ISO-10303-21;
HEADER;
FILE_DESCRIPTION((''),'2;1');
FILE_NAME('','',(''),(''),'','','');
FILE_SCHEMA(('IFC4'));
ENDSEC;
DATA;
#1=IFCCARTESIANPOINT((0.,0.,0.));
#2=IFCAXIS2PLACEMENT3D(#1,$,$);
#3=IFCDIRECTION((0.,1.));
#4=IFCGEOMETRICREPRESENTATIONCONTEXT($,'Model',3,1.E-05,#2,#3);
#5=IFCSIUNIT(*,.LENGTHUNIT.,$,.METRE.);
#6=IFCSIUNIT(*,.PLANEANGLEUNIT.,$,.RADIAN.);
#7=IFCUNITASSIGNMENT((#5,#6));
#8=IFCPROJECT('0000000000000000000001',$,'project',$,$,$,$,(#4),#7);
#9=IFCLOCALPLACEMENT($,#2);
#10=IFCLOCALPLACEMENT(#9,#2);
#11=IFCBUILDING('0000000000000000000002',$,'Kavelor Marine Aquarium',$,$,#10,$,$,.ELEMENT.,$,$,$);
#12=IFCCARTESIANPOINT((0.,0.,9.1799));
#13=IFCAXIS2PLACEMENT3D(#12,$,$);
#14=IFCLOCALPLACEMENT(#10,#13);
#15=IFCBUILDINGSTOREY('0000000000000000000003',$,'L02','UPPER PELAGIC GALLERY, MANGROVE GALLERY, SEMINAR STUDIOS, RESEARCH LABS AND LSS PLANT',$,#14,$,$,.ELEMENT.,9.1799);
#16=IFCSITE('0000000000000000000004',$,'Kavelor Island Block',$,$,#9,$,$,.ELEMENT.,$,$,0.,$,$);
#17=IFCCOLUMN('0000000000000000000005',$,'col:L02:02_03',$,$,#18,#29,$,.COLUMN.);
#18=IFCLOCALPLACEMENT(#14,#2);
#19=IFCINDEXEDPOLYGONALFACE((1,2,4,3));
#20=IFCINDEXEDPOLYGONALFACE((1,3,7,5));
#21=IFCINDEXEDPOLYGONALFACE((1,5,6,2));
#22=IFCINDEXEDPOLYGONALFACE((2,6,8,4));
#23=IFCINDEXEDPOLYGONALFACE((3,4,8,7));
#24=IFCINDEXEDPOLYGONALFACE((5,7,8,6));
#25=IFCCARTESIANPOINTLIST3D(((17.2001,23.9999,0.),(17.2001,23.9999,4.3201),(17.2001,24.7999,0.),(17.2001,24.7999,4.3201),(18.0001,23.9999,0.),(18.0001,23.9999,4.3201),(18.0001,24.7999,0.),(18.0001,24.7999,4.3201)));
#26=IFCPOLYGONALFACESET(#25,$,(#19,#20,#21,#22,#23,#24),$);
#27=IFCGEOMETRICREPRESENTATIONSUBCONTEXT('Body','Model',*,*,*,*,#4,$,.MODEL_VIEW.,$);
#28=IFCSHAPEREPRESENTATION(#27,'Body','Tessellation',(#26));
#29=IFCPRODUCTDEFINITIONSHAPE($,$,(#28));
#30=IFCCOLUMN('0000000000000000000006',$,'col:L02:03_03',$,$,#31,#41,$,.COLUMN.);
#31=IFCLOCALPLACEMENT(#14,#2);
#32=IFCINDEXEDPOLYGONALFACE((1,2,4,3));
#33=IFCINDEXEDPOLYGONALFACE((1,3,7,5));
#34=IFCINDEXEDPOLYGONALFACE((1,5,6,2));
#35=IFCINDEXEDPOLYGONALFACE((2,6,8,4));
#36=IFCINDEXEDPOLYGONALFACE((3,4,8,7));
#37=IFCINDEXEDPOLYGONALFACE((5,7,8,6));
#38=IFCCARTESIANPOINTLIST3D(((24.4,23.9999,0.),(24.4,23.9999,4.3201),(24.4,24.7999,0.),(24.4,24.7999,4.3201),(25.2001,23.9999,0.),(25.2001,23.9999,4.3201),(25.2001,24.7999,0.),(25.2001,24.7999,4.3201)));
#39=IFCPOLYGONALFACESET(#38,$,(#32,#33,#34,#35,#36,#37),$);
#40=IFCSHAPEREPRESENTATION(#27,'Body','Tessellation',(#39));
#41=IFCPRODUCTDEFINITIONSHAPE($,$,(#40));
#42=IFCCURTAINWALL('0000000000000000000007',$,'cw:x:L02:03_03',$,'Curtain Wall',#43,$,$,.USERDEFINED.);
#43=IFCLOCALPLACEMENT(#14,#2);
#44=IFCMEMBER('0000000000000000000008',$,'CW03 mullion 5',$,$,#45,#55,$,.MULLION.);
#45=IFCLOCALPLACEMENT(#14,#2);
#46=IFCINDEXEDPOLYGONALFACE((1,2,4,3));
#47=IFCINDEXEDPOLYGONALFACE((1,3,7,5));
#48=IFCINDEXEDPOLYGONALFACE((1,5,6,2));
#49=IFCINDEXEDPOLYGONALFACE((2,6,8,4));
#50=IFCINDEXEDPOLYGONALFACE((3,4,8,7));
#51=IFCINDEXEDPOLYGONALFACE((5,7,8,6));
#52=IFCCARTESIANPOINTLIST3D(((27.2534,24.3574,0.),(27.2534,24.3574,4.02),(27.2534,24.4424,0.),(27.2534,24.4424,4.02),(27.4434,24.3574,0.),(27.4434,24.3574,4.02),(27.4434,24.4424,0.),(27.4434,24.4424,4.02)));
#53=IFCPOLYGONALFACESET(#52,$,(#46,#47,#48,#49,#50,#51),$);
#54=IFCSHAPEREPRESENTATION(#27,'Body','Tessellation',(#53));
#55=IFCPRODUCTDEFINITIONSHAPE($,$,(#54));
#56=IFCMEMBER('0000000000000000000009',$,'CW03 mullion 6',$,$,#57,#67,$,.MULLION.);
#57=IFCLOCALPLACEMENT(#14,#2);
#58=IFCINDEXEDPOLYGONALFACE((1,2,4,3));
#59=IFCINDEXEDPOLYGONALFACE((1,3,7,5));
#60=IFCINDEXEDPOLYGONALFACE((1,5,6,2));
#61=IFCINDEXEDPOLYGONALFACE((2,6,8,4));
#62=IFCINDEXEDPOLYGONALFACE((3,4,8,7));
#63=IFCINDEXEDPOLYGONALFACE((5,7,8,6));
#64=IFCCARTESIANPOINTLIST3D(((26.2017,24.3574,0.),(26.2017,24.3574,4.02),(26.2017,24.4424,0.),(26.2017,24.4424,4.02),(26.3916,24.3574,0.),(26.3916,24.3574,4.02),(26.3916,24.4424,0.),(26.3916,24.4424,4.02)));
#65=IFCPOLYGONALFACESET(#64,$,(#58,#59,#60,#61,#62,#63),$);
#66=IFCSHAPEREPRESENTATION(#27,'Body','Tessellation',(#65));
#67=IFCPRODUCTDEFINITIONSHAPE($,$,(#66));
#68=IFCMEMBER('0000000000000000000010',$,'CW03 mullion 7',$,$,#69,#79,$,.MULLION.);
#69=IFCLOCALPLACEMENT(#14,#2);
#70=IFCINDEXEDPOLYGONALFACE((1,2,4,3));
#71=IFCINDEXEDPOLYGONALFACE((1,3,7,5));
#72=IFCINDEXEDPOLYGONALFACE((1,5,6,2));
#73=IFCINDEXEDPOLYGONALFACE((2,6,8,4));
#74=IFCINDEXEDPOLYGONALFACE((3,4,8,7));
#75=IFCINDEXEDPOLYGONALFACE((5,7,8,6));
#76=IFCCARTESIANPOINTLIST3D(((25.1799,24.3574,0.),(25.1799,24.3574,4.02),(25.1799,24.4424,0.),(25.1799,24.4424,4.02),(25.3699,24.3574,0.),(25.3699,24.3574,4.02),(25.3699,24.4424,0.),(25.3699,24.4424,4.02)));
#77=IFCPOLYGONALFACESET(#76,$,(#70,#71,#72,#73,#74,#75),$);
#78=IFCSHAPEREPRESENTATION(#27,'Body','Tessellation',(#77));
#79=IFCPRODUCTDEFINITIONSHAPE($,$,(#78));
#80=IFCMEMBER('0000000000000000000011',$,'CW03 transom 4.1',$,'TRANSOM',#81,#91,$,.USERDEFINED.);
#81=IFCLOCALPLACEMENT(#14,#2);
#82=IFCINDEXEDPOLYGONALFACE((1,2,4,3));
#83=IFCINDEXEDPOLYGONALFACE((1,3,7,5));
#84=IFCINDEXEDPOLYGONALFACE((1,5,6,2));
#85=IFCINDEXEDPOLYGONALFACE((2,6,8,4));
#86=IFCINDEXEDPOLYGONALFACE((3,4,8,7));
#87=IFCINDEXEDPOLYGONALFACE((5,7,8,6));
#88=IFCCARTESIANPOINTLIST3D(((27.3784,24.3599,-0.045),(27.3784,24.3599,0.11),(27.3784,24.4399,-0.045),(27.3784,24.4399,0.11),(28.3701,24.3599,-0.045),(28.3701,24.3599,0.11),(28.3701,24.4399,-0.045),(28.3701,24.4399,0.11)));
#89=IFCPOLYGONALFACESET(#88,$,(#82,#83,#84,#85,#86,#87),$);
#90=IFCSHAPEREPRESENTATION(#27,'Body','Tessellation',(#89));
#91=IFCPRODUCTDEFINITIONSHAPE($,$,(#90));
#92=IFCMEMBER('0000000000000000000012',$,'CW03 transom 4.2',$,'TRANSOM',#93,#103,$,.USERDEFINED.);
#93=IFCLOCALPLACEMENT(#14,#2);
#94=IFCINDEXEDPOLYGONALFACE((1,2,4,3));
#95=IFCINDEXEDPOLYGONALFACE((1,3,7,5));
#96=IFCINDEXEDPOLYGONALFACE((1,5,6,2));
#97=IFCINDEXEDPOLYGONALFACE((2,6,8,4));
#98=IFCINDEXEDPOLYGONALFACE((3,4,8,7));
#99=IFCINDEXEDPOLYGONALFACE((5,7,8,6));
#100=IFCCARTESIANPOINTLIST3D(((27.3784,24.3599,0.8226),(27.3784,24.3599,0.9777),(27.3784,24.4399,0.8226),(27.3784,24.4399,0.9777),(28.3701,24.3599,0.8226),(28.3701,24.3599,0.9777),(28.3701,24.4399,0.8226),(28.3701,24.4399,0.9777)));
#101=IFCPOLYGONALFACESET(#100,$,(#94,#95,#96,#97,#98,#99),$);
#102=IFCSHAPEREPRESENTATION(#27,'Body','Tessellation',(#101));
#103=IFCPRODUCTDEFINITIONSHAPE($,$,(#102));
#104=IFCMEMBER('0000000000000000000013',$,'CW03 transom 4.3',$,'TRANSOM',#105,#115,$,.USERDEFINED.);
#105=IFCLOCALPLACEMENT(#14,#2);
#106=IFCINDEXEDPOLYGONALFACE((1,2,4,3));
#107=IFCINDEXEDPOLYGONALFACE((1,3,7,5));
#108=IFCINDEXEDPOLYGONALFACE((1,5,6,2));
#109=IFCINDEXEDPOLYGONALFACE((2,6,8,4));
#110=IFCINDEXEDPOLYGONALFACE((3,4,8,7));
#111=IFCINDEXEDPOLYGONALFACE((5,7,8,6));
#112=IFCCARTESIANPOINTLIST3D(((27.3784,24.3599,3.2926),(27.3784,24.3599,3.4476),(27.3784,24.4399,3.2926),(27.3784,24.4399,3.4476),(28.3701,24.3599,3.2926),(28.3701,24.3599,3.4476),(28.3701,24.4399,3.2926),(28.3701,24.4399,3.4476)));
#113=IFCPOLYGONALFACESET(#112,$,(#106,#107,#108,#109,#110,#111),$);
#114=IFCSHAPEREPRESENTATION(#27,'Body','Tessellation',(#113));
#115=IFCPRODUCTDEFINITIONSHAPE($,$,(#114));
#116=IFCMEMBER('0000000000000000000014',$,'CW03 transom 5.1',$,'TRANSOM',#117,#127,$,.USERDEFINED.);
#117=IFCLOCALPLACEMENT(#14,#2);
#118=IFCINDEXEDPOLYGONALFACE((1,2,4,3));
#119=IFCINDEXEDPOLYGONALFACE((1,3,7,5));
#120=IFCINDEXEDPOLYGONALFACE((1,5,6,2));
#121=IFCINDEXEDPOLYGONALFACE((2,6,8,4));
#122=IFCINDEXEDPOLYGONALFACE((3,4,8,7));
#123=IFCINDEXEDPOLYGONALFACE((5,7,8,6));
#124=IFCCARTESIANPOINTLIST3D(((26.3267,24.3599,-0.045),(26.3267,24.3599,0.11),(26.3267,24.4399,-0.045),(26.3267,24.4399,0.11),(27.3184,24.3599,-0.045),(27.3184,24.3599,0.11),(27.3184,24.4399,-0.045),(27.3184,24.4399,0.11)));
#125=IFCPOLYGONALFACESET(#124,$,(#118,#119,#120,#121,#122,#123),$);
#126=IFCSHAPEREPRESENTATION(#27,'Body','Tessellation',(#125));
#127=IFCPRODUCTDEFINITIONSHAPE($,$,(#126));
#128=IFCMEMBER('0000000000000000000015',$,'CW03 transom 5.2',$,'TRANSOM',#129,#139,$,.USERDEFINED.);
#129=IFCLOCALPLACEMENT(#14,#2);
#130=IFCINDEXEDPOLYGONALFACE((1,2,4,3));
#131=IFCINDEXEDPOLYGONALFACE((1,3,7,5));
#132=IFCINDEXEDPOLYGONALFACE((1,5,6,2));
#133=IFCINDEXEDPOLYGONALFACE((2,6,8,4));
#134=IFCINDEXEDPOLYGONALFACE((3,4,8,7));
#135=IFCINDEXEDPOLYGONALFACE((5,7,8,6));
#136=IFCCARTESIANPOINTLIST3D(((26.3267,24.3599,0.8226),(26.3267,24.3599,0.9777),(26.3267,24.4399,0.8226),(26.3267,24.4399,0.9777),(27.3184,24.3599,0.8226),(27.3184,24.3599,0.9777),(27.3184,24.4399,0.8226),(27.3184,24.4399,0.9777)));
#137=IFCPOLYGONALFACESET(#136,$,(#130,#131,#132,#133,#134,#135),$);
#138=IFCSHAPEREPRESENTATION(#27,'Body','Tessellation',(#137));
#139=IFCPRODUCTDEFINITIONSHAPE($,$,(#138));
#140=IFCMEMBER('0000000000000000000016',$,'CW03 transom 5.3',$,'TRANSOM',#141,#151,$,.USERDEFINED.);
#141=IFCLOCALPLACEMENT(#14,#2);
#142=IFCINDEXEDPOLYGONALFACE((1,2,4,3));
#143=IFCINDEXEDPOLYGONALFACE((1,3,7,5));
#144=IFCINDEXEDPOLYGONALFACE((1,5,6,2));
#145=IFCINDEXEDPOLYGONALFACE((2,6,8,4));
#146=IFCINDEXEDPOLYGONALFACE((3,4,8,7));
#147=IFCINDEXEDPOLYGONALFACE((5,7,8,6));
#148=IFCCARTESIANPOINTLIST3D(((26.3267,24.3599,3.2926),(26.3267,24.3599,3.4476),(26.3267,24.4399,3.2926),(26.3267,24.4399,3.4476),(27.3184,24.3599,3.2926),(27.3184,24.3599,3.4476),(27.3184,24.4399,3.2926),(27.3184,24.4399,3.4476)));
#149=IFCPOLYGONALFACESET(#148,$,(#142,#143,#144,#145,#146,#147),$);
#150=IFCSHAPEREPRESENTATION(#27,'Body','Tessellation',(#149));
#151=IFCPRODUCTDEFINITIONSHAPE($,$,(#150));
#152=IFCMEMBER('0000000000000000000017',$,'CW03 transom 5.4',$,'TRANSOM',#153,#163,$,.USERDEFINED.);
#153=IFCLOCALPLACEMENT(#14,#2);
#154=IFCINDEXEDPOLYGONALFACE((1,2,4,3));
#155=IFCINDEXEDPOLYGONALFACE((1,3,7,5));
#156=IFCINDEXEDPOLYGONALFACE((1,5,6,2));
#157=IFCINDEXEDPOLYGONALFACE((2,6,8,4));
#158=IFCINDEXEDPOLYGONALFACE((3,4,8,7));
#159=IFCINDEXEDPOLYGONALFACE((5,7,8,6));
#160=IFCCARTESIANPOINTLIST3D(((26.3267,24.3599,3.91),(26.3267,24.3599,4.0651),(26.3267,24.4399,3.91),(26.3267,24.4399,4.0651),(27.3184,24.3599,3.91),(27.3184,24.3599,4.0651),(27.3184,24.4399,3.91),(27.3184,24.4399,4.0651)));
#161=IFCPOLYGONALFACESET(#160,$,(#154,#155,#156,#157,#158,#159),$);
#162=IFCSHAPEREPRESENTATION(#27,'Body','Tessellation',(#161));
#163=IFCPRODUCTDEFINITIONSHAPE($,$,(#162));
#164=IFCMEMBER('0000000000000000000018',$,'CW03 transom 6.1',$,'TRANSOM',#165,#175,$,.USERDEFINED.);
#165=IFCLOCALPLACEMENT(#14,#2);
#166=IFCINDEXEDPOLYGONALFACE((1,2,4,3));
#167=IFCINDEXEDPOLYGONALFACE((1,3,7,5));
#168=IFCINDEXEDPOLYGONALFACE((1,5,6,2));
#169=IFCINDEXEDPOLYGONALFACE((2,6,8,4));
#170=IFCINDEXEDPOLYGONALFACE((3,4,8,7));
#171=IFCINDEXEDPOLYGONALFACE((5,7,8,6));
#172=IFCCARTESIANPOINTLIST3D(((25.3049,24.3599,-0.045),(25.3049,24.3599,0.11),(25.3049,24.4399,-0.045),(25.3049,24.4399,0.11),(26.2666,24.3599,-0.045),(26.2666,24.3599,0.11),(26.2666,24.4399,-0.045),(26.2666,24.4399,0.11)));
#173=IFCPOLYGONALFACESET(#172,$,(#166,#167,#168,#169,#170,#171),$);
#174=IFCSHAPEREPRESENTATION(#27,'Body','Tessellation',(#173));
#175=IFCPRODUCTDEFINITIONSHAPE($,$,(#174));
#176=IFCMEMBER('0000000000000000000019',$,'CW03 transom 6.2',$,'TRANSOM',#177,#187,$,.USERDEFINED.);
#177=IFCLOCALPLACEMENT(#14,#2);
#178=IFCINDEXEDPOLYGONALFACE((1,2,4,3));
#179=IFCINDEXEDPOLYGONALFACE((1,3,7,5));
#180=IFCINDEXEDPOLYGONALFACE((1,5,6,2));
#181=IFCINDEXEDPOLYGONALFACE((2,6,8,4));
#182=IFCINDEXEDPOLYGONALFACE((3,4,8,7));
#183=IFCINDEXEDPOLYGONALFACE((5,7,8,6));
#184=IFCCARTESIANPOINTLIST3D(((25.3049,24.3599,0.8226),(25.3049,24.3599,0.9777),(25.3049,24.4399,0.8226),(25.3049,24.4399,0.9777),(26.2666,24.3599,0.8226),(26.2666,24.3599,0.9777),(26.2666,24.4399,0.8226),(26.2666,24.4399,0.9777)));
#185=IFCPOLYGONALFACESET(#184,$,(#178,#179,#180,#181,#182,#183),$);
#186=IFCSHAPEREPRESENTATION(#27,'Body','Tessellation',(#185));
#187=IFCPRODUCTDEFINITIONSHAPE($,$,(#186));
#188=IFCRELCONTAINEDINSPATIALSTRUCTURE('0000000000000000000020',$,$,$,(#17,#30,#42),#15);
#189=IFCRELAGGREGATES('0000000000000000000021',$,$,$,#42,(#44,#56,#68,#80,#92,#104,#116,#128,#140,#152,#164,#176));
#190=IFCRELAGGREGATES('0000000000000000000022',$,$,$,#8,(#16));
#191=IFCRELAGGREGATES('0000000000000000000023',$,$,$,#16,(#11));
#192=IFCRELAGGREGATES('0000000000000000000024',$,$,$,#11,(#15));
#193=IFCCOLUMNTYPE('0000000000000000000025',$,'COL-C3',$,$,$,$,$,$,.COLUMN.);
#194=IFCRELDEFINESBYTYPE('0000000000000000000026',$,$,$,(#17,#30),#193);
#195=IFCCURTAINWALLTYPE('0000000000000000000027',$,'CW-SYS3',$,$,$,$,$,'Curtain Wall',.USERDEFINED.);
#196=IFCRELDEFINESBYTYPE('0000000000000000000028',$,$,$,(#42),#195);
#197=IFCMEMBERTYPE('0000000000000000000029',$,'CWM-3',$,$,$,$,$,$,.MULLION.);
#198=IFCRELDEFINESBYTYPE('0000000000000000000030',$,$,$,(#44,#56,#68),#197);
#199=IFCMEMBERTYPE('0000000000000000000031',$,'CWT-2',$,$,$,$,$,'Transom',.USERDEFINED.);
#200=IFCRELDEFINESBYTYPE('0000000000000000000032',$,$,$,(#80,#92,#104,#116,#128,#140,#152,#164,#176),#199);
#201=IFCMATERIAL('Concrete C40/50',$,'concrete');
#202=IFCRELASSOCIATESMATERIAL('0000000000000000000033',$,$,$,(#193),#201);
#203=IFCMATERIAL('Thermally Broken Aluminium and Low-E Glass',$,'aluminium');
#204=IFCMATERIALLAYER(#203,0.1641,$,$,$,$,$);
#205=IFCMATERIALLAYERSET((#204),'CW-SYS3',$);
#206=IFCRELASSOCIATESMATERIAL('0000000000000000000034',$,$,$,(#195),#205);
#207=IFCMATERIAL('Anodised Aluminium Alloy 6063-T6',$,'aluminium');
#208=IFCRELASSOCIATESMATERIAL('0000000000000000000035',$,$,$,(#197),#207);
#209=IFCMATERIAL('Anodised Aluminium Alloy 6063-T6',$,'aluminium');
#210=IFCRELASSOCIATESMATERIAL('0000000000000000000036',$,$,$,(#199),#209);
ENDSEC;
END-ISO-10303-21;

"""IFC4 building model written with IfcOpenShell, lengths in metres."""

from ifc_helpers import new_model, si_unit, direction, frame, origin, origin_2d, place, context, subcontext, project, spatial, rectangle, extrude, material, layer, layer_set, material_profile, profile_set, type_object, element, aggregate, save


model = new_model("IFC4")

# Units and contexts
model_context = context("Model", 3, precision=1e-05, world=origin(), true_north=direction((0.0, 1.0)))
body_context = subcontext(model_context, "Body", "Model", "MODEL_VIEW")
ifc_project = project(units=[si_unit("LENGTHUNIT", "METRE"), si_unit("PLANEANGLEUNIT", "RADIAN")], contexts=[model_context])

# Site, building, storey
site_placement = place(None, origin())
site = spatial("IfcSite", under=ifc_project, at=site_placement, Name="Kavelor Island Block", CompositionType="ELEMENT", RefElevation=0.0)
building_placement = place(site_placement, origin())
building = spatial("IfcBuilding", under=site, at=building_placement, Name="Kavelor Marine Aquarium", CompositionType="ELEMENT")
storey_placement = place(building_placement, frame((0.0, 0.0, 9.1799)))
storey = spatial("IfcBuildingStorey", under=building, at=storey_placement, Name="L02", Description="UPPER PELAGIC GALLERY, MANGROVE GALLERY, SEMINAR STUDIOS, RESEARCH LABS AND LSS PLANT", CompositionType="ELEMENT", Elevation=9.1799)

# Columns
ifc_material_1 = material(Name="Concrete C40/50", Category="concrete")
ifc_material_profile_1 = material_profile(ifc_material_1, rectangle(XDim=0.8, YDim=0.8, at=origin_2d()), Name="RC-COL 800x800")
ifc_profile_set_1 = profile_set([ifc_material_profile_1], Name="Concrete C40/50")
column_type = type_object("IfcColumnType", Name="COL-C3", PredefinedType="COLUMN", material=ifc_profile_set_1)
for number, where, z_axis, x_axis, name in (
    (1, (17.6001, 24.3999, 0.0), (0.0, 0.0, 1.0), (1.0, 0.0, 0.0), "col:L02:02_03"),
    (2, (24.8, 24.3999, 0.0), (0.0, 0.0, 1.0), (1.0, 0.0, 0.0), "col:L02:03_03"),
):
    element("IfcColumn", number, at=place(storey_placement, frame(where, z_axis=z_axis, x_axis=x_axis)), inside=storey, type_object=column_type, Name=name, PredefinedType="COLUMN", context=body_context, shape_type="SweptSolid", body=[
        extrude(rectangle(XDim=0.8, YDim=0.8, at=origin_2d()), origin(), (0.0, 0.0, 1.0), 4.3201),
    ])

# Curtain wall, members
ifc_material_2 = material(Name="Thermally Broken Aluminium and Low-E Glass", Category="aluminium")
ifc_layer_1 = layer(ifc_material_2, 0.1641)
ifc_layer_set_1 = layer_set([ifc_layer_1], Name="CW-SYS3")
curtain_wall_type = type_object("IfcCurtainWallType", Name="CW-SYS3", ElementType="Curtain Wall", PredefinedType="USERDEFINED", material=ifc_layer_set_1)
curtain_wall_placement = place(storey_placement, origin())
curtain_wall = element("IfcCurtainWall", 3, at=curtain_wall_placement, inside=storey, type_object=curtain_wall_type, Name="cw:x:L02:03_03", ObjectType="Curtain Wall", PredefinedType="USERDEFINED")
ifc_material_3 = material(Name="Anodised Aluminium Alloy 6063-T6", Category="aluminium")
ifc_material_profile_2 = material_profile(ifc_material_3, rectangle(XDim=0.085, YDim=0.1899, at=origin_2d()), Name="CW-MUL 85x190")
ifc_profile_set_2 = profile_set([ifc_material_profile_2], Name="Anodised Aluminium Alloy 6063-T6")
member_type_1 = type_object("IfcMemberType", Name="CWM-3", PredefinedType="MULLION", material=ifc_profile_set_2)
member_1_placement = place(storey_placement, frame((27.3484, 24.3999, 0.0), z_axis=(0.0, 0.0, 1.0), x_axis=(0.0, -1.0, 0.0)))
member_1 = element("IfcMember", 4, at=member_1_placement, type_object=member_type_1, Name="CW03 mullion 5", PredefinedType="MULLION", context=body_context, shape_type="SweptSolid", body=[
    extrude(rectangle(XDim=0.085, YDim=0.1899, at=origin_2d()), origin(), (0.0, 0.0, 1.0), 4.02),
])
member_2_placement = place(storey_placement, frame((26.2966, 24.3999, 0.0), z_axis=(0.0, 0.0, 1.0), x_axis=(0.0, -1.0, 0.0)))
member_2 = element("IfcMember", 5, at=member_2_placement, type_object=member_type_1, Name="CW03 mullion 6", PredefinedType="MULLION", context=body_context, shape_type="SweptSolid", body=[
    extrude(rectangle(XDim=0.085, YDim=0.1899, at=origin_2d()), origin(), (0.0, 0.0, 1.0), 4.02),
])
member_3_placement = place(storey_placement, frame((25.2749, 24.3999, 0.0), z_axis=(0.0, 0.0, 1.0), x_axis=(0.0, -1.0, 0.0)))
member_3 = element("IfcMember", 6, at=member_3_placement, type_object=member_type_1, Name="CW03 mullion 7", PredefinedType="MULLION", context=body_context, shape_type="SweptSolid", body=[
    extrude(rectangle(XDim=0.085, YDim=0.1899, at=origin_2d()), origin(), (0.0, 0.0, 1.0), 4.02),
])
ifc_material_4 = material(Name="Anodised Aluminium Alloy 6063-T6", Category="aluminium")
ifc_material_profile_3 = material_profile(ifc_material_4, rectangle(XDim=0.0801, YDim=0.155, at=origin_2d()), Name="CW-TRN 80x155")
ifc_profile_set_3 = profile_set([ifc_material_profile_3], Name="Anodised Aluminium Alloy 6063-T6")
member_type_2 = type_object("IfcMemberType", Name="CWT-2", ElementType="Transom", PredefinedType="USERDEFINED", material=ifc_profile_set_3)
member_4_placement = place(storey_placement, frame((28.3701, 24.3999, 0.0325), z_axis=(-1.0, 0.0, 0.0), x_axis=(0.0, -1.0, 0.0)))
member_4 = element("IfcMember", 7, at=member_4_placement, type_object=member_type_2, Name="CW03 transom 4.1", ObjectType="TRANSOM", PredefinedType="USERDEFINED", context=body_context, shape_type="SweptSolid", body=[
    extrude(rectangle(XDim=0.0801, YDim=0.155, at=origin_2d()), origin(), (0.0, 0.0, 1.0), 0.9917),
])
member_5_placement = place(storey_placement, frame((28.3701, 24.3999, 0.9001), z_axis=(-1.0, 0.0, 0.0), x_axis=(0.0, -1.0, 0.0)))
member_5 = element("IfcMember", 8, at=member_5_placement, type_object=member_type_2, Name="CW03 transom 4.2", ObjectType="TRANSOM", PredefinedType="USERDEFINED", context=body_context, shape_type="SweptSolid", body=[
    extrude(rectangle(XDim=0.0801, YDim=0.155, at=origin_2d()), origin(), (0.0, 0.0, 1.0), 0.9917),
])
member_6_placement = place(storey_placement, frame((28.3701, 24.3999, 3.3701), z_axis=(-1.0, 0.0, 0.0), x_axis=(0.0, -1.0, 0.0)))
member_6 = element("IfcMember", 9, at=member_6_placement, type_object=member_type_2, Name="CW03 transom 4.3", ObjectType="TRANSOM", PredefinedType="USERDEFINED", context=body_context, shape_type="SweptSolid", body=[
    extrude(rectangle(XDim=0.0801, YDim=0.155, at=origin_2d()), origin(), (0.0, 0.0, 1.0), 0.9917),
])
member_7_placement = place(storey_placement, frame((27.3184, 24.3999, 0.0325), z_axis=(-1.0, 0.0, 0.0), x_axis=(0.0, -1.0, 0.0)))
member_7 = element("IfcMember", 10, at=member_7_placement, type_object=member_type_2, Name="CW03 transom 5.1", ObjectType="TRANSOM", PredefinedType="USERDEFINED", context=body_context, shape_type="SweptSolid", body=[
    extrude(rectangle(XDim=0.0801, YDim=0.155, at=origin_2d()), origin(), (0.0, 0.0, 1.0), 0.9917),
])
member_8_placement = place(storey_placement, frame((27.3184, 24.3999, 0.9001), z_axis=(-1.0, 0.0, 0.0), x_axis=(0.0, -1.0, 0.0)))
member_8 = element("IfcMember", 11, at=member_8_placement, type_object=member_type_2, Name="CW03 transom 5.2", ObjectType="TRANSOM", PredefinedType="USERDEFINED", context=body_context, shape_type="SweptSolid", body=[
    extrude(rectangle(XDim=0.0801, YDim=0.155, at=origin_2d()), origin(), (0.0, 0.0, 1.0), 0.9917),
])
member_9_placement = place(storey_placement, frame((27.3184, 24.3999, 3.3701), z_axis=(-1.0, 0.0, 0.0), x_axis=(0.0, -1.0, 0.0)))
member_9 = element("IfcMember", 12, at=member_9_placement, type_object=member_type_2, Name="CW03 transom 5.3", ObjectType="TRANSOM", PredefinedType="USERDEFINED", context=body_context, shape_type="SweptSolid", body=[
    extrude(rectangle(XDim=0.0801, YDim=0.155, at=origin_2d()), origin(), (0.0, 0.0, 1.0), 0.9917),
])
member_10_placement = place(storey_placement, frame((27.3184, 24.3999, 3.9875), z_axis=(-1.0, 0.0, 0.0), x_axis=(0.0, -1.0, 0.0)))
member_10 = element("IfcMember", 13, at=member_10_placement, type_object=member_type_2, Name="CW03 transom 5.4", ObjectType="TRANSOM", PredefinedType="USERDEFINED", context=body_context, shape_type="SweptSolid", body=[
    extrude(rectangle(XDim=0.0801, YDim=0.155, at=origin_2d()), origin(), (0.0, 0.0, 1.0), 0.9917),
])
member_11_placement = place(storey_placement, frame((26.2666, 24.3999, 0.0325), z_axis=(-1.0, 0.0, 0.0), x_axis=(0.0, -1.0, 0.0)))
member_11 = element("IfcMember", 14, at=member_11_placement, type_object=member_type_2, Name="CW03 transom 6.1", ObjectType="TRANSOM", PredefinedType="USERDEFINED", context=body_context, shape_type="SweptSolid", body=[
    extrude(rectangle(XDim=0.0801, YDim=0.155, at=origin_2d()), origin(), (0.0, 0.0, 1.0), 0.9617),
])
member_12_placement = place(storey_placement, frame((26.2666, 24.3999, 0.9001), z_axis=(-1.0, 0.0, 0.0), x_axis=(0.0, -1.0, 0.0)))
member_12 = element("IfcMember", 15, at=member_12_placement, type_object=member_type_2, Name="CW03 transom 6.2", ObjectType="TRANSOM", PredefinedType="USERDEFINED", context=body_context, shape_type="SweptSolid", body=[
    extrude(rectangle(XDim=0.0801, YDim=0.155, at=origin_2d()), origin(), (0.0, 0.0, 1.0), 0.9617),
])
aggregate(curtain_wall, [member_1, member_2, member_3, member_4, member_5, member_6, member_7, member_8, member_9, member_10, member_11, member_12])

save(model, "model.ifc")
